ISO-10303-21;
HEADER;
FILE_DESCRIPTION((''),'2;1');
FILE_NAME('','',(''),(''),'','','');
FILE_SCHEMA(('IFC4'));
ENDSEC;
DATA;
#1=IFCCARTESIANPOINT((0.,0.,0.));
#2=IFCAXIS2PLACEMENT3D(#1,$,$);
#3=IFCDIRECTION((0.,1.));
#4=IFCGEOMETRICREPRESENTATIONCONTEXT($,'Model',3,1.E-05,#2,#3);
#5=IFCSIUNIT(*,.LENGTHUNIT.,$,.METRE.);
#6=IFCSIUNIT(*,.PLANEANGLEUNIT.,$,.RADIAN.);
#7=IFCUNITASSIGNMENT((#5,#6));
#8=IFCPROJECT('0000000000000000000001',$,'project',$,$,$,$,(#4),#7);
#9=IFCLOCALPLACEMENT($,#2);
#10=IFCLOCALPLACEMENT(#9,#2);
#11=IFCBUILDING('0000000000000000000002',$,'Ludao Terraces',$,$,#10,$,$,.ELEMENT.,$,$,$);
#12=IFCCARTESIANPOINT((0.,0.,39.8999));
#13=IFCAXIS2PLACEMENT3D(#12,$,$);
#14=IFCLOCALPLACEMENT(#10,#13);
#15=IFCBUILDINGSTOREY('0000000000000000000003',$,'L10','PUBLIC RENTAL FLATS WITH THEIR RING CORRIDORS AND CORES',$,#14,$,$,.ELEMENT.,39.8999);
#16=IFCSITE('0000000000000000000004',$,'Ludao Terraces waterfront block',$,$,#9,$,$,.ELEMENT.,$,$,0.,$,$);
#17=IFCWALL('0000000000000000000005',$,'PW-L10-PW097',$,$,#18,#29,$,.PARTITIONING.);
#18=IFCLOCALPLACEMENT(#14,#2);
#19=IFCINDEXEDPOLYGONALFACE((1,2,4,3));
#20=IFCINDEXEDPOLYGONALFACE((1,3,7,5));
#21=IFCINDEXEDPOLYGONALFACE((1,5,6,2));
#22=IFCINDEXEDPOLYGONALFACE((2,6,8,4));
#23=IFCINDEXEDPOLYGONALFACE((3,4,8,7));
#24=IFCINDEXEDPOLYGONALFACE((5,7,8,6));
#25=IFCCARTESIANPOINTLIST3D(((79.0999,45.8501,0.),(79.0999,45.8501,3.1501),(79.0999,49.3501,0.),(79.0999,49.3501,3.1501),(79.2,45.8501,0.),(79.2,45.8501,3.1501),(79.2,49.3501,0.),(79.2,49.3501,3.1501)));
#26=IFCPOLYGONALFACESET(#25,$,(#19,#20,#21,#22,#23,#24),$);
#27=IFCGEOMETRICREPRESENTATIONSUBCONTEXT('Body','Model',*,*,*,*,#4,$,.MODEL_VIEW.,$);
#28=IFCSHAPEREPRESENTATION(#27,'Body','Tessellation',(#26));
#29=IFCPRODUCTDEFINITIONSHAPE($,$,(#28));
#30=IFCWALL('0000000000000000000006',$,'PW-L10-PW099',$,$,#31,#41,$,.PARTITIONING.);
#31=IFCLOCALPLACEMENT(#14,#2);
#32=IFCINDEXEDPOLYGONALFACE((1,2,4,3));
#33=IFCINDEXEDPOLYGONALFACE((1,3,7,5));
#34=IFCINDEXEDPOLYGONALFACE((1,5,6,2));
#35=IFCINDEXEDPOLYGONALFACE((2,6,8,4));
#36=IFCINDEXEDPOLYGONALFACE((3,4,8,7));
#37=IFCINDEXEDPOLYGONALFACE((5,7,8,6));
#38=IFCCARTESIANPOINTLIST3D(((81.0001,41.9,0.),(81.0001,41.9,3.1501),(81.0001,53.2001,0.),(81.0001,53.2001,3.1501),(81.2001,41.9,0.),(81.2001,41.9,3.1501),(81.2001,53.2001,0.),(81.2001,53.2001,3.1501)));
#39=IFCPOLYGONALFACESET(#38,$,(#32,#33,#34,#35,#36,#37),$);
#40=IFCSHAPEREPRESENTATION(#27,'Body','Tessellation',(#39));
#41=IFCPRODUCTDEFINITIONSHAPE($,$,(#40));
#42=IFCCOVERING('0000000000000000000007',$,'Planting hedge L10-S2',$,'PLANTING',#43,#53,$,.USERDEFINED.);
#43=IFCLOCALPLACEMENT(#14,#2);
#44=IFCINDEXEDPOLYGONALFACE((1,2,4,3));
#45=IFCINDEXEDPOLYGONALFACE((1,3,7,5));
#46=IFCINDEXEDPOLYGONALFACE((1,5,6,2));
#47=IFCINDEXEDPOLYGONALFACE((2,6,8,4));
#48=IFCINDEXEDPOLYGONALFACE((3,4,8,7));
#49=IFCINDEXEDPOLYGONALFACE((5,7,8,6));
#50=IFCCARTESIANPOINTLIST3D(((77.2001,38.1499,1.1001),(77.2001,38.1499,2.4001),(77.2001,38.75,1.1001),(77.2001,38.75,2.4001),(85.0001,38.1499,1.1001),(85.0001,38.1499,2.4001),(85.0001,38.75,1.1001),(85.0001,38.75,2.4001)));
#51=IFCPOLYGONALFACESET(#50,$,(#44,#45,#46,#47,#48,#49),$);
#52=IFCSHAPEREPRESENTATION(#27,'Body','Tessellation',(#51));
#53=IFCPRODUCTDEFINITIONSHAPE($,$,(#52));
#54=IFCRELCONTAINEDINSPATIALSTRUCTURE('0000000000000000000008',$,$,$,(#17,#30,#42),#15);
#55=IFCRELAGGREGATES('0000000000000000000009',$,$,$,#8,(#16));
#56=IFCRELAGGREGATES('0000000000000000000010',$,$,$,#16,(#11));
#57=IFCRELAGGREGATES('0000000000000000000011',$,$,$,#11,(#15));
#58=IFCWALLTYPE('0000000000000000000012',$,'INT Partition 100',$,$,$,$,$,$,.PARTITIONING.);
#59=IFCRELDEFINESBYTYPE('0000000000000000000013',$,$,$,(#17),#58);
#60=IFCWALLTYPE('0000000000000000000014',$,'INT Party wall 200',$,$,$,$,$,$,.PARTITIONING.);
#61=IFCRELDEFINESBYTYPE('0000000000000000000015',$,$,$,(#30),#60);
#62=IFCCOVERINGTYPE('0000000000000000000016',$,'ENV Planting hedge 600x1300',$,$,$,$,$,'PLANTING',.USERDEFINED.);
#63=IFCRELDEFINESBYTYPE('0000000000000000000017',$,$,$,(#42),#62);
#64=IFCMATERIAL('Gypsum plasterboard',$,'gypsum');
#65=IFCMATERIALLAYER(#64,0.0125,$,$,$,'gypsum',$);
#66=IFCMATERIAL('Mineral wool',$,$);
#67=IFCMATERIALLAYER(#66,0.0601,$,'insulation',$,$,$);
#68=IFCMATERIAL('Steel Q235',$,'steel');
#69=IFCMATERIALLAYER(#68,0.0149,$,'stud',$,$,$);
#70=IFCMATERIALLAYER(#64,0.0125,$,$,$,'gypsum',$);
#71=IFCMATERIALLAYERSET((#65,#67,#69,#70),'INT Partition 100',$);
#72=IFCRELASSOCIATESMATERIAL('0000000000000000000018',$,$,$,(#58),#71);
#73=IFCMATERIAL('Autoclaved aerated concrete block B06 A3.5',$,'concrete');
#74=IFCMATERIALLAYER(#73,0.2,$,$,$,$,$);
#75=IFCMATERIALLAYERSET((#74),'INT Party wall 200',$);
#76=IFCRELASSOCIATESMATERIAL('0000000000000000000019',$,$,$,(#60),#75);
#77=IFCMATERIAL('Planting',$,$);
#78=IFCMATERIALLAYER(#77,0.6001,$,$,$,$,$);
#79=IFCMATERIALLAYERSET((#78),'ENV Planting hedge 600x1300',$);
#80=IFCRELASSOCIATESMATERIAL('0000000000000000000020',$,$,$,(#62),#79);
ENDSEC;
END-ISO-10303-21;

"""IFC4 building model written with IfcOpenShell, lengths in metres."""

from ifc_helpers import new_model, si_unit, direction, frame, frame_2d, origin, origin_2d, place, context, subcontext, project, spatial, rectangle, extrude, material, layer, layer_set, type_object, element, save


model = new_model("IFC4")

# Units and contexts
model_context = context("Model", 3, precision=1e-05, world=origin(), true_north=direction((0.0, 1.0)))
body_context = subcontext(model_context, "Body", "Model", "MODEL_VIEW")
ifc_project = project(units=[si_unit("LENGTHUNIT", "METRE"), si_unit("PLANEANGLEUNIT", "RADIAN")], contexts=[model_context])

# Site, building, storey
site_placement = place(None, origin())
site = spatial("IfcSite", under=ifc_project, at=site_placement, Name="Ludao Terraces waterfront block", CompositionType="ELEMENT", RefElevation=0.0)
building_placement = place(site_placement, origin())
building = spatial("IfcBuilding", under=site, at=building_placement, Name="Ludao Terraces", CompositionType="ELEMENT")
storey_placement = place(building_placement, frame((0.0, 0.0, 39.8999)))
storey = spatial("IfcBuildingStorey", under=building, at=storey_placement, Name="L10", Description="PUBLIC RENTAL FLATS WITH THEIR RING CORRIDORS AND CORES", CompositionType="ELEMENT", Elevation=39.8999)

# Shared definitions
ifc_material_1 = material(Name="Mineral wool")

# Shared definitions
ifc_material_2 = material(Name="Gypsum plasterboard", Category="gypsum")
ifc_layer_1 = layer(ifc_material_2, 0.0125, Category="gypsum")
ifc_layer_2 = layer(ifc_material_1, 0.0601, Name="insulation")
ifc_material_3 = material(Name="Steel Q235", Category="steel")
ifc_layer_3 = layer(ifc_material_3, 0.0149, Name="stud")
ifc_layer_4 = layer(ifc_material_2, 0.0125, Category="gypsum")
ifc_layer_set_1 = layer_set([ifc_layer_1, ifc_layer_2, ifc_layer_3, ifc_layer_4], Name="INT Partition 100")
wall_type_1 = type_object("IfcWallType", Name="INT Partition 100", PredefinedType="PARTITIONING", material=ifc_layer_set_1)

# Walls
wall_1_placement = place(storey_placement, frame((79.1499, 45.8501, 0.0), z_axis=(0.0, 0.0, 1.0), x_axis=(0.0, 1.0, 0.0)))
element("IfcWall", 1, at=wall_1_placement, inside=storey, type_object=wall_type_1, Name="PW-L10-PW097", PredefinedType="PARTITIONING", context=body_context, shape_type="SweptSolid", body=[
    extrude(rectangle(XDim=3.5, YDim=0.1001, at=frame_2d((1.75, 0.0))), origin(), (0.0, 0.0, 1.0), 3.1501),
])
ifc_material_4 = material(Name="Autoclaved aerated concrete block B06 A3.5", Category="concrete")
ifc_layer_5 = layer(ifc_material_4, 0.2)
ifc_layer_set_2 = layer_set([ifc_layer_5], Name="INT Party wall 200")
wall_type_2 = type_object("IfcWallType", Name="INT Party wall 200", PredefinedType="PARTITIONING", material=ifc_layer_set_2)
wall_2_placement = place(storey_placement, frame((81.1001, 41.9001, 0.0), z_axis=(0.0, 0.0, 1.0), x_axis=(0.0, 1.0, 0.0)))
element("IfcWall", 2, at=wall_2_placement, inside=storey, type_object=wall_type_2, Name="PW-L10-PW099", PredefinedType="PARTITIONING", context=body_context, shape_type="SweptSolid", body=[
    extrude(rectangle(XDim=11.3, YDim=0.2, at=frame_2d((5.6499, 0.0))), origin(), (0.0, 0.0, 1.0), 3.1501),
])

# Covering
ifc_material_5 = material(Name="Planting")
ifc_layer_6 = layer(ifc_material_5, 0.6001)
ifc_layer_set_3 = layer_set([ifc_layer_6], Name="ENV Planting hedge 600x1300")
covering_type = type_object("IfcCoveringType", Name="ENV Planting hedge 600x1300", ElementType="PLANTING", PredefinedType="USERDEFINED", material=ifc_layer_set_3)
covering_placement = place(storey_placement, frame((81.1001, 38.45, 1.1001), z_axis=(0.0, 0.0, 1.0), x_axis=(1.0, 0.0, 0.0)))
element("IfcCovering", 3, at=covering_placement, inside=storey, type_object=covering_type, Name="Planting hedge L10-S2", ObjectType="PLANTING", PredefinedType="USERDEFINED", context=body_context, shape_type="SweptSolid", body=[
    extrude(rectangle(XDim=7.8, YDim=0.6001, at=origin_2d()), origin(), (0.0, 0.0, 1.0), 1.3),
])

save(model, "model.ifc")
